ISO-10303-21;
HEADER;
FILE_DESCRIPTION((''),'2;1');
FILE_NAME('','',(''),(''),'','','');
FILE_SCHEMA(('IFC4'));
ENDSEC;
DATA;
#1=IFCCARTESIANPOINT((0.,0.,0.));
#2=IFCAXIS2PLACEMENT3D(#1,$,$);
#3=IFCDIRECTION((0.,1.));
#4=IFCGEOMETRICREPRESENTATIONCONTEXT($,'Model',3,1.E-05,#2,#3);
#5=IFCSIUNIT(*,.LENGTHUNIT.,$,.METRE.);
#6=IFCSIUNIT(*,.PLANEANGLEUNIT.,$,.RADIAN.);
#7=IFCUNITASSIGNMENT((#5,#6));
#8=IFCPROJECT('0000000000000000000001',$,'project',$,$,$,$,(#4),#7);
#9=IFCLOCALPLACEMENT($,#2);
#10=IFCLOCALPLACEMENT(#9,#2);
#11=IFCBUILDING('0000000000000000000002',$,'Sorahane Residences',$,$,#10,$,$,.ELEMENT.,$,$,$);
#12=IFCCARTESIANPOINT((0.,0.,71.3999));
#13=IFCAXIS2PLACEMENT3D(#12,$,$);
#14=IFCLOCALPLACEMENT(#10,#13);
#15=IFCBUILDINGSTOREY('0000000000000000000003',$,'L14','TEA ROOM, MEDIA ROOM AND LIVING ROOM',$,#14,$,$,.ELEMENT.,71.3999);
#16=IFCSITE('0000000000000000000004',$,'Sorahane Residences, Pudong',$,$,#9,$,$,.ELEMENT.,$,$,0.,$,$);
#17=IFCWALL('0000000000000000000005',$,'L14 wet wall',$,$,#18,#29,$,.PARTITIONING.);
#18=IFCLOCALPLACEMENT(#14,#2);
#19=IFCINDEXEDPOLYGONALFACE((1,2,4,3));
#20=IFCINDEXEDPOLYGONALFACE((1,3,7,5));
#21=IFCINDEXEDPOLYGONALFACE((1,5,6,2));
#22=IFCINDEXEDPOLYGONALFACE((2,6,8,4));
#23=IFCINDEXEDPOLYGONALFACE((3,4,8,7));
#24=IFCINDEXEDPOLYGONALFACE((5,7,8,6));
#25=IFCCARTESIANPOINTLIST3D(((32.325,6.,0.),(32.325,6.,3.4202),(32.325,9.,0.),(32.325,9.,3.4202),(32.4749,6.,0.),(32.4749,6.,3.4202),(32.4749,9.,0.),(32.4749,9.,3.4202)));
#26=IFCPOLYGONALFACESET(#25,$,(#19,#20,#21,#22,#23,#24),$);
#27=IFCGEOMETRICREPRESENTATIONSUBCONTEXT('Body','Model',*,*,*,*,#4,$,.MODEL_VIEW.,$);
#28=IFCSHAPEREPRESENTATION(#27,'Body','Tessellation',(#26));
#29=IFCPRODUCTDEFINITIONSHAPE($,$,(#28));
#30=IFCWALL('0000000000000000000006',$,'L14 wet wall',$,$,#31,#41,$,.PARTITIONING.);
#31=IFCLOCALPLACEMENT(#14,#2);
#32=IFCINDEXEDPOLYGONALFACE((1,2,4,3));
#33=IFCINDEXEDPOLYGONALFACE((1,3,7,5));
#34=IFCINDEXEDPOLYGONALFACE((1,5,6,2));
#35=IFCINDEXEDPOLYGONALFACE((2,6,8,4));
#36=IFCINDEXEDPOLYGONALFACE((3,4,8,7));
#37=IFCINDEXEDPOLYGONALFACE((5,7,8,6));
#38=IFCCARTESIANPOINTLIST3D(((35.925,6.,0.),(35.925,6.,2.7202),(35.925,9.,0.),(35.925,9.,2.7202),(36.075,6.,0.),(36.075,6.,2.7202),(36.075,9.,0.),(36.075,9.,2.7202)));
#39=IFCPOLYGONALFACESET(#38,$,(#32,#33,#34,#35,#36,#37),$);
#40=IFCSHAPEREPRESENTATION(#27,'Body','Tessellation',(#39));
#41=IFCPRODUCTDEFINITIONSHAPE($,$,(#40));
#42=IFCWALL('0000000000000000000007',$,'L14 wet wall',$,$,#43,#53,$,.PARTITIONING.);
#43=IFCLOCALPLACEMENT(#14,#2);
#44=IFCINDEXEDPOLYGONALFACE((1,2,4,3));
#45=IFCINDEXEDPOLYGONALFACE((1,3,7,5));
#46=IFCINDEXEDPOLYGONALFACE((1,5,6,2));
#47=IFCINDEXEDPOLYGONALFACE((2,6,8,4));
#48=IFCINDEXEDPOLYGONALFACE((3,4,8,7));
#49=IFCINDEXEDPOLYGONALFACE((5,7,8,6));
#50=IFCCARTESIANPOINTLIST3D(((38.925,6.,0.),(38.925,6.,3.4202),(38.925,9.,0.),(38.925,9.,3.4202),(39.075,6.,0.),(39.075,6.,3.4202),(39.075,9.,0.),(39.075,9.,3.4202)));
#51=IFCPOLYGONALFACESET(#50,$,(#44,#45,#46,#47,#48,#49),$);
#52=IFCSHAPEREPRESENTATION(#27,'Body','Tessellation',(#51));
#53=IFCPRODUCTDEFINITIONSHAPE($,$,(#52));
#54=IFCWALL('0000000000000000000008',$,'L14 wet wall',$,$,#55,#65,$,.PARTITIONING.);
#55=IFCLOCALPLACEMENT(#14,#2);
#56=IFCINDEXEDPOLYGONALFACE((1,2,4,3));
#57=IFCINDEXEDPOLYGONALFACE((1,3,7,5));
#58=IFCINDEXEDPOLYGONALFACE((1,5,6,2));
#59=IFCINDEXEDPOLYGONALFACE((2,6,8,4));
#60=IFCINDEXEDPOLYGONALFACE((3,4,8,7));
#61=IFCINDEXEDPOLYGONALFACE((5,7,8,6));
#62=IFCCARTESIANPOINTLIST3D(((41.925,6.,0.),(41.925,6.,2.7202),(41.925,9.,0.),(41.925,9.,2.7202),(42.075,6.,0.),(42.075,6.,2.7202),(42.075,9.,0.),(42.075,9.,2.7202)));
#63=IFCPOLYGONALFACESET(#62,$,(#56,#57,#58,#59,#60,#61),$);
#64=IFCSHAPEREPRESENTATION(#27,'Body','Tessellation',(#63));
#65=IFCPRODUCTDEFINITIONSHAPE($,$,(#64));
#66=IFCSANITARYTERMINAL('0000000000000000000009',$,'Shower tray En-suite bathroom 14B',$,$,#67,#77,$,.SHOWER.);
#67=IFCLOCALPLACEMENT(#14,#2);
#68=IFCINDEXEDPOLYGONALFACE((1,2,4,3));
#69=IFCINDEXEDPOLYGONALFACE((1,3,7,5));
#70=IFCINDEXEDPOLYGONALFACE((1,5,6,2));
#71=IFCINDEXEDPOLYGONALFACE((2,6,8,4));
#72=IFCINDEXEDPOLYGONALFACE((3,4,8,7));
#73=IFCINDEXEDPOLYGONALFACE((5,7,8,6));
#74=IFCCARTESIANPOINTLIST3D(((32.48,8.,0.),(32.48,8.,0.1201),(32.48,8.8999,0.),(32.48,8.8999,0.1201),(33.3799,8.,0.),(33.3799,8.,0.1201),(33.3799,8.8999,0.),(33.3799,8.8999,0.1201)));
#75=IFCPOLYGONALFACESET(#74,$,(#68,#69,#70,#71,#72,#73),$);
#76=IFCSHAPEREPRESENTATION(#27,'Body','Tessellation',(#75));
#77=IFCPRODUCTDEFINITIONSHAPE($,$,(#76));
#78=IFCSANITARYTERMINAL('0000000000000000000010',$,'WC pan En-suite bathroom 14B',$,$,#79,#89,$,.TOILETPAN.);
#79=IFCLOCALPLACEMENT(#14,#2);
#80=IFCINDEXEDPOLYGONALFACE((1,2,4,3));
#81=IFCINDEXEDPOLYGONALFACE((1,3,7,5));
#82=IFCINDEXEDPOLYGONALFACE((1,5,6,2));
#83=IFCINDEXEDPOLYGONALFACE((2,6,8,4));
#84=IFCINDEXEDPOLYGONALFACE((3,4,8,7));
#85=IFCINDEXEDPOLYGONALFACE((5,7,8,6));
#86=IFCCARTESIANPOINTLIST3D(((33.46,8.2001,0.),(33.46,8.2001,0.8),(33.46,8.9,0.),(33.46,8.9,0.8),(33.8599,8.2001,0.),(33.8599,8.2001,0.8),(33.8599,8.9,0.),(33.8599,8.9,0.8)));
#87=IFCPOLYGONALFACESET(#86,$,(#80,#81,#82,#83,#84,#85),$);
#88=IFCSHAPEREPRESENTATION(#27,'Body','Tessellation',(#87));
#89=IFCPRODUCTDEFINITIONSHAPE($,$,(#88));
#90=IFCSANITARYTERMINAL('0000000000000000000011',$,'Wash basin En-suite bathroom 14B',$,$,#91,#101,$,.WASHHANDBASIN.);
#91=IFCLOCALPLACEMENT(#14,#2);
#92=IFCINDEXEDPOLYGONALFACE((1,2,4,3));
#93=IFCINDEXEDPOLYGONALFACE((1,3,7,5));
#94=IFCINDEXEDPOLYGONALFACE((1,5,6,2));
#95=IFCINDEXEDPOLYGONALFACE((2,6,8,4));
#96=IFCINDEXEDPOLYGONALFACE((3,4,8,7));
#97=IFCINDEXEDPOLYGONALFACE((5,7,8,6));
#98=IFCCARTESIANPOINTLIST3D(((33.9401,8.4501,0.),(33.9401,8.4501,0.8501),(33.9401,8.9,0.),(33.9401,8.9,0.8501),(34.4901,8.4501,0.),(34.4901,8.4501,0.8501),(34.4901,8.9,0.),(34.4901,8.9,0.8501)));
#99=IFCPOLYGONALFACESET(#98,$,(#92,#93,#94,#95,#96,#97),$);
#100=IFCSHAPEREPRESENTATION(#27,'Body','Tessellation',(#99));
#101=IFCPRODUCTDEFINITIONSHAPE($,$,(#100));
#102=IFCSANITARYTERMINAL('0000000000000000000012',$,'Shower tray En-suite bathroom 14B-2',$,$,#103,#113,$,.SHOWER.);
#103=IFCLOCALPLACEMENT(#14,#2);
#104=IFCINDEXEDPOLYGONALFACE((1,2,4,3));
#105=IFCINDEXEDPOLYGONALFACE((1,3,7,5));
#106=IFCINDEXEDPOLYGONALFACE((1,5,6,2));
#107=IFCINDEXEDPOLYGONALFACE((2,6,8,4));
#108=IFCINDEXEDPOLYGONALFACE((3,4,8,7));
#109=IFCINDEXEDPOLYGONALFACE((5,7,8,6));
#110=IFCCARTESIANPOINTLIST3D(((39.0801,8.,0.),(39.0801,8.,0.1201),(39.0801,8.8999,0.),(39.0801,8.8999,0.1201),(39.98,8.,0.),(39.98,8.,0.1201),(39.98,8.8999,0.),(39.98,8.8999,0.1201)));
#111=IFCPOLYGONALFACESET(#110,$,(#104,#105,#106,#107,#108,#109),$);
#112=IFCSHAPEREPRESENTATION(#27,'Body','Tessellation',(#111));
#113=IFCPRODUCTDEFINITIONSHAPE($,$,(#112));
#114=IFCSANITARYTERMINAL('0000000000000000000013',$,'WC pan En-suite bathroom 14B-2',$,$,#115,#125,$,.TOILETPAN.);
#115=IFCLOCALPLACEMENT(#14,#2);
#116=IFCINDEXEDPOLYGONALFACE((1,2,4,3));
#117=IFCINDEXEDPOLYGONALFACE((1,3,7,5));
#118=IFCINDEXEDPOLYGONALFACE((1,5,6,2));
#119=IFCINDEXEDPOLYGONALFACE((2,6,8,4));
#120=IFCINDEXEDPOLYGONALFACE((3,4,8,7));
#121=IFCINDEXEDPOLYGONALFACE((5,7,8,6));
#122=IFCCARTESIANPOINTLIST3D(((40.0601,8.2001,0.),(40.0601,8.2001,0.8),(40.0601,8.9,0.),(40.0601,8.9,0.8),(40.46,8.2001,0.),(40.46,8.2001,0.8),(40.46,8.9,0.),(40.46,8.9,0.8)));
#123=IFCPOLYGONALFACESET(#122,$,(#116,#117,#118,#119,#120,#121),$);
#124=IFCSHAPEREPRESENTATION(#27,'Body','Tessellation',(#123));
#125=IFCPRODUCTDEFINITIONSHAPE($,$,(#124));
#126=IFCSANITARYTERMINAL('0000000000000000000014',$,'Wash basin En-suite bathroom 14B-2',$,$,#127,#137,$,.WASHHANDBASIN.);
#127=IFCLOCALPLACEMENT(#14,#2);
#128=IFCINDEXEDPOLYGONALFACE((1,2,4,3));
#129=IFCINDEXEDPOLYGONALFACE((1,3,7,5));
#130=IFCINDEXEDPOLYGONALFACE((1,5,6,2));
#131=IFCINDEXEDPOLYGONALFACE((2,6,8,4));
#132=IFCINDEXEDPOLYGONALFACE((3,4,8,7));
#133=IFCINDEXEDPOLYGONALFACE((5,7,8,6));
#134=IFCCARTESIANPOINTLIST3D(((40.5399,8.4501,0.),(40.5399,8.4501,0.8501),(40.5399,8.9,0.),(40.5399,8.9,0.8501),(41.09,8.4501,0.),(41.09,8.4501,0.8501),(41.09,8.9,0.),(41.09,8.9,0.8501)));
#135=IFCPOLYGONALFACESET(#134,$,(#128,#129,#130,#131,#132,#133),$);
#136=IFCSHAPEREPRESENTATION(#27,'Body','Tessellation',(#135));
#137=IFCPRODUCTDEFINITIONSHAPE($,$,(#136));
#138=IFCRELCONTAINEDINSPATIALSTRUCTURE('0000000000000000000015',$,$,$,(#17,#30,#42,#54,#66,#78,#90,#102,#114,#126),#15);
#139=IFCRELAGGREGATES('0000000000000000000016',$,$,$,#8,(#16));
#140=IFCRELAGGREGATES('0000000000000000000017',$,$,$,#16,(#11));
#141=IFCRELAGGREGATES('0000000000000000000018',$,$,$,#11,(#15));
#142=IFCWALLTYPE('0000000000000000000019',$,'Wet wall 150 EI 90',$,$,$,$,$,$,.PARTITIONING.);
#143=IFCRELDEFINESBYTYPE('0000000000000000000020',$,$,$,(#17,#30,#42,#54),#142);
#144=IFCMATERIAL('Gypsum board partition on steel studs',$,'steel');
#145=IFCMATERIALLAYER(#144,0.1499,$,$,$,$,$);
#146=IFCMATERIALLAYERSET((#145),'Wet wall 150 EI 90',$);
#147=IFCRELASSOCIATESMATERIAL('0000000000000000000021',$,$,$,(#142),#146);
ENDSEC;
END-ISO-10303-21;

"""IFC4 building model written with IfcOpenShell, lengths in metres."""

from ifc_helpers import new_model, si_unit, direction, frame, frame_2d, origin, origin_2d, place, context, subcontext, project, spatial, rectangle, extrude, material, layer, layer_set, type_object, element, save


model = new_model("IFC4")

# Units and contexts
model_context = context("Model", 3, precision=1e-05, world=origin(), true_north=direction((0.0, 1.0)))
body_context = subcontext(model_context, "Body", "Model", "MODEL_VIEW")
ifc_project = project(units=[si_unit("LENGTHUNIT", "METRE"), si_unit("PLANEANGLEUNIT", "RADIAN")], contexts=[model_context])

# Site, building, storey
site_placement = place(None, origin())
site = spatial("IfcSite", under=ifc_project, at=site_placement, Name="Sorahane Residences, Pudong", CompositionType="ELEMENT", RefElevation=0.0)
building_placement = place(site_placement, origin())
building = spatial("IfcBuilding", under=site, at=building_placement, Name="Sorahane Residences", CompositionType="ELEMENT")
storey_placement = place(building_placement, frame((0.0, 0.0, 71.3999)))
storey = spatial("IfcBuildingStorey", under=building, at=storey_placement, Name="L14", Description="TEA ROOM, MEDIA ROOM AND LIVING ROOM", CompositionType="ELEMENT", Elevation=71.3999)

# Walls
ifc_material_1 = material(Name="Gypsum board partition on steel studs", Category="steel")
ifc_layer_1 = layer(ifc_material_1, 0.1499)
ifc_layer_set_1 = layer_set([ifc_layer_1], Name="Wet wall 150 EI 90")
wall_type_1 = type_object("IfcWallType", Name="Wet wall 150 EI 90", PredefinedType="PARTITIONING", material=ifc_layer_set_1)
wall_1_placement = place(storey_placement, frame((32.3999, 6.0, 0.0), z_axis=(0.0, 0.0, 1.0), x_axis=(0.0, 1.0, 0.0)))
element("IfcWall", 1, at=wall_1_placement, inside=storey, type_object=wall_type_1, Name="L14 wet wall", PredefinedType="PARTITIONING", context=body_context, shape_type="SweptSolid", body=[
    extrude(rectangle(XDim=3.0, YDim=0.1499, at=frame_2d((1.5, 0.0))), origin(), (0.0, 0.0, 1.0), 3.4202),
])
wall_2_placement = place(storey_placement, frame((36.0, 6.0, 0.0), z_axis=(0.0, 0.0, 1.0), x_axis=(0.0, 1.0, 0.0)))
element("IfcWall", 2, at=wall_2_placement, inside=storey, type_object=wall_type_1, Name="L14 wet wall", PredefinedType="PARTITIONING", context=body_context, shape_type="SweptSolid", body=[
    extrude(rectangle(XDim=3.0, YDim=0.1499, at=frame_2d((1.5, 0.0))), origin(), (0.0, 0.0, 1.0), 2.7202),
])
wall_3_placement = place(storey_placement, frame((39.0, 6.0, 0.0), z_axis=(0.0, 0.0, 1.0), x_axis=(0.0, 1.0, 0.0)))
element("IfcWall", 3, at=wall_3_placement, inside=storey, type_object=wall_type_1, Name="L14 wet wall", PredefinedType="PARTITIONING", context=body_context, shape_type="SweptSolid", body=[
    extrude(rectangle(XDim=3.0, YDim=0.1499, at=frame_2d((1.5, 0.0))), origin(), (0.0, 0.0, 1.0), 3.4202),
])
wall_4_placement = place(storey_placement, frame((42.0, 6.0, 0.0), z_axis=(0.0, 0.0, 1.0), x_axis=(0.0, 1.0, 0.0)))
element("IfcWall", 4, at=wall_4_placement, inside=storey, type_object=wall_type_1, Name="L14 wet wall", PredefinedType="PARTITIONING", context=body_context, shape_type="SweptSolid", body=[
    extrude(rectangle(XDim=3.0, YDim=0.1499, at=frame_2d((1.5, 0.0))), origin(), (0.0, 0.0, 1.0), 2.7202),
])

# Sanitary terminals
sanitary_terminal_1_placement = place(storey_placement, frame((32.9299, 8.45, 0.0), z_axis=(0.0, 0.0, 1.0), x_axis=(1.0, 0.0, 0.0)))
element("IfcSanitaryTerminal", 5, at=sanitary_terminal_1_placement, inside=storey, Name="Shower tray En-suite bathroom 14B", PredefinedType="SHOWER", context=body_context, shape_type="SweptSolid", body=[
    extrude(rectangle(XDim=0.8999, YDim=0.8999, at=origin_2d()), origin(), (0.0, 0.0, 1.0), 0.1201),
])
sanitary_terminal_2_placement = place(storey_placement, frame((33.6599, 8.55, 0.0), z_axis=(0.0, 0.0, 1.0), x_axis=(1.0, 0.0, 0.0)))
element("IfcSanitaryTerminal", 6, at=sanitary_terminal_2_placement, inside=storey, Name="WC pan En-suite bathroom 14B", PredefinedType="TOILETPAN", context=body_context, shape_type="SweptSolid", body=[
    extrude(rectangle(XDim=0.3999, YDim=0.7, at=origin_2d()), origin(), (0.0, 0.0, 1.0), 0.8),
])
sanitary_terminal_3_placement = place(storey_placement, frame((34.2151, 8.675, 0.0), z_axis=(0.0, 0.0, 1.0), x_axis=(1.0, 0.0, 0.0)))
element("IfcSanitaryTerminal", 7, at=sanitary_terminal_3_placement, inside=storey, Name="Wash basin En-suite bathroom 14B", PredefinedType="WASHHANDBASIN", context=body_context, shape_type="SweptSolid", body=[
    extrude(rectangle(XDim=0.55, YDim=0.45, at=origin_2d()), origin(), (0.0, 0.0, 1.0), 0.8501),
])
sanitary_terminal_4_placement = place(storey_placement, frame((39.53, 8.45, 0.0), z_axis=(0.0, 0.0, 1.0), x_axis=(1.0, 0.0, 0.0)))
element("IfcSanitaryTerminal", 8, at=sanitary_terminal_4_placement, inside=storey, Name="Shower tray En-suite bathroom 14B-2", PredefinedType="SHOWER", context=body_context, shape_type="SweptSolid", body=[
    extrude(rectangle(XDim=0.8999, YDim=0.8999, at=origin_2d()), origin(), (0.0, 0.0, 1.0), 0.1201),
])
sanitary_terminal_5_placement = place(storey_placement, frame((40.26, 8.55, 0.0), z_axis=(0.0, 0.0, 1.0), x_axis=(1.0, 0.0, 0.0)))
element("IfcSanitaryTerminal", 9, at=sanitary_terminal_5_placement, inside=storey, Name="WC pan En-suite bathroom 14B-2", PredefinedType="TOILETPAN", context=body_context, shape_type="SweptSolid", body=[
    extrude(rectangle(XDim=0.3999, YDim=0.7, at=origin_2d()), origin(), (0.0, 0.0, 1.0), 0.8),
])
sanitary_terminal_6_placement = place(storey_placement, frame((40.8149, 8.675, 0.0), z_axis=(0.0, 0.0, 1.0), x_axis=(1.0, 0.0, 0.0)))
element("IfcSanitaryTerminal", 10, at=sanitary_terminal_6_placement, inside=storey, Name="Wash basin En-suite bathroom 14B-2", PredefinedType="WASHHANDBASIN", context=body_context, shape_type="SweptSolid", body=[
    extrude(rectangle(XDim=0.55, YDim=0.45, at=origin_2d()), origin(), (0.0, 0.0, 1.0), 0.8501),
])

save(model, "model.ifc")
